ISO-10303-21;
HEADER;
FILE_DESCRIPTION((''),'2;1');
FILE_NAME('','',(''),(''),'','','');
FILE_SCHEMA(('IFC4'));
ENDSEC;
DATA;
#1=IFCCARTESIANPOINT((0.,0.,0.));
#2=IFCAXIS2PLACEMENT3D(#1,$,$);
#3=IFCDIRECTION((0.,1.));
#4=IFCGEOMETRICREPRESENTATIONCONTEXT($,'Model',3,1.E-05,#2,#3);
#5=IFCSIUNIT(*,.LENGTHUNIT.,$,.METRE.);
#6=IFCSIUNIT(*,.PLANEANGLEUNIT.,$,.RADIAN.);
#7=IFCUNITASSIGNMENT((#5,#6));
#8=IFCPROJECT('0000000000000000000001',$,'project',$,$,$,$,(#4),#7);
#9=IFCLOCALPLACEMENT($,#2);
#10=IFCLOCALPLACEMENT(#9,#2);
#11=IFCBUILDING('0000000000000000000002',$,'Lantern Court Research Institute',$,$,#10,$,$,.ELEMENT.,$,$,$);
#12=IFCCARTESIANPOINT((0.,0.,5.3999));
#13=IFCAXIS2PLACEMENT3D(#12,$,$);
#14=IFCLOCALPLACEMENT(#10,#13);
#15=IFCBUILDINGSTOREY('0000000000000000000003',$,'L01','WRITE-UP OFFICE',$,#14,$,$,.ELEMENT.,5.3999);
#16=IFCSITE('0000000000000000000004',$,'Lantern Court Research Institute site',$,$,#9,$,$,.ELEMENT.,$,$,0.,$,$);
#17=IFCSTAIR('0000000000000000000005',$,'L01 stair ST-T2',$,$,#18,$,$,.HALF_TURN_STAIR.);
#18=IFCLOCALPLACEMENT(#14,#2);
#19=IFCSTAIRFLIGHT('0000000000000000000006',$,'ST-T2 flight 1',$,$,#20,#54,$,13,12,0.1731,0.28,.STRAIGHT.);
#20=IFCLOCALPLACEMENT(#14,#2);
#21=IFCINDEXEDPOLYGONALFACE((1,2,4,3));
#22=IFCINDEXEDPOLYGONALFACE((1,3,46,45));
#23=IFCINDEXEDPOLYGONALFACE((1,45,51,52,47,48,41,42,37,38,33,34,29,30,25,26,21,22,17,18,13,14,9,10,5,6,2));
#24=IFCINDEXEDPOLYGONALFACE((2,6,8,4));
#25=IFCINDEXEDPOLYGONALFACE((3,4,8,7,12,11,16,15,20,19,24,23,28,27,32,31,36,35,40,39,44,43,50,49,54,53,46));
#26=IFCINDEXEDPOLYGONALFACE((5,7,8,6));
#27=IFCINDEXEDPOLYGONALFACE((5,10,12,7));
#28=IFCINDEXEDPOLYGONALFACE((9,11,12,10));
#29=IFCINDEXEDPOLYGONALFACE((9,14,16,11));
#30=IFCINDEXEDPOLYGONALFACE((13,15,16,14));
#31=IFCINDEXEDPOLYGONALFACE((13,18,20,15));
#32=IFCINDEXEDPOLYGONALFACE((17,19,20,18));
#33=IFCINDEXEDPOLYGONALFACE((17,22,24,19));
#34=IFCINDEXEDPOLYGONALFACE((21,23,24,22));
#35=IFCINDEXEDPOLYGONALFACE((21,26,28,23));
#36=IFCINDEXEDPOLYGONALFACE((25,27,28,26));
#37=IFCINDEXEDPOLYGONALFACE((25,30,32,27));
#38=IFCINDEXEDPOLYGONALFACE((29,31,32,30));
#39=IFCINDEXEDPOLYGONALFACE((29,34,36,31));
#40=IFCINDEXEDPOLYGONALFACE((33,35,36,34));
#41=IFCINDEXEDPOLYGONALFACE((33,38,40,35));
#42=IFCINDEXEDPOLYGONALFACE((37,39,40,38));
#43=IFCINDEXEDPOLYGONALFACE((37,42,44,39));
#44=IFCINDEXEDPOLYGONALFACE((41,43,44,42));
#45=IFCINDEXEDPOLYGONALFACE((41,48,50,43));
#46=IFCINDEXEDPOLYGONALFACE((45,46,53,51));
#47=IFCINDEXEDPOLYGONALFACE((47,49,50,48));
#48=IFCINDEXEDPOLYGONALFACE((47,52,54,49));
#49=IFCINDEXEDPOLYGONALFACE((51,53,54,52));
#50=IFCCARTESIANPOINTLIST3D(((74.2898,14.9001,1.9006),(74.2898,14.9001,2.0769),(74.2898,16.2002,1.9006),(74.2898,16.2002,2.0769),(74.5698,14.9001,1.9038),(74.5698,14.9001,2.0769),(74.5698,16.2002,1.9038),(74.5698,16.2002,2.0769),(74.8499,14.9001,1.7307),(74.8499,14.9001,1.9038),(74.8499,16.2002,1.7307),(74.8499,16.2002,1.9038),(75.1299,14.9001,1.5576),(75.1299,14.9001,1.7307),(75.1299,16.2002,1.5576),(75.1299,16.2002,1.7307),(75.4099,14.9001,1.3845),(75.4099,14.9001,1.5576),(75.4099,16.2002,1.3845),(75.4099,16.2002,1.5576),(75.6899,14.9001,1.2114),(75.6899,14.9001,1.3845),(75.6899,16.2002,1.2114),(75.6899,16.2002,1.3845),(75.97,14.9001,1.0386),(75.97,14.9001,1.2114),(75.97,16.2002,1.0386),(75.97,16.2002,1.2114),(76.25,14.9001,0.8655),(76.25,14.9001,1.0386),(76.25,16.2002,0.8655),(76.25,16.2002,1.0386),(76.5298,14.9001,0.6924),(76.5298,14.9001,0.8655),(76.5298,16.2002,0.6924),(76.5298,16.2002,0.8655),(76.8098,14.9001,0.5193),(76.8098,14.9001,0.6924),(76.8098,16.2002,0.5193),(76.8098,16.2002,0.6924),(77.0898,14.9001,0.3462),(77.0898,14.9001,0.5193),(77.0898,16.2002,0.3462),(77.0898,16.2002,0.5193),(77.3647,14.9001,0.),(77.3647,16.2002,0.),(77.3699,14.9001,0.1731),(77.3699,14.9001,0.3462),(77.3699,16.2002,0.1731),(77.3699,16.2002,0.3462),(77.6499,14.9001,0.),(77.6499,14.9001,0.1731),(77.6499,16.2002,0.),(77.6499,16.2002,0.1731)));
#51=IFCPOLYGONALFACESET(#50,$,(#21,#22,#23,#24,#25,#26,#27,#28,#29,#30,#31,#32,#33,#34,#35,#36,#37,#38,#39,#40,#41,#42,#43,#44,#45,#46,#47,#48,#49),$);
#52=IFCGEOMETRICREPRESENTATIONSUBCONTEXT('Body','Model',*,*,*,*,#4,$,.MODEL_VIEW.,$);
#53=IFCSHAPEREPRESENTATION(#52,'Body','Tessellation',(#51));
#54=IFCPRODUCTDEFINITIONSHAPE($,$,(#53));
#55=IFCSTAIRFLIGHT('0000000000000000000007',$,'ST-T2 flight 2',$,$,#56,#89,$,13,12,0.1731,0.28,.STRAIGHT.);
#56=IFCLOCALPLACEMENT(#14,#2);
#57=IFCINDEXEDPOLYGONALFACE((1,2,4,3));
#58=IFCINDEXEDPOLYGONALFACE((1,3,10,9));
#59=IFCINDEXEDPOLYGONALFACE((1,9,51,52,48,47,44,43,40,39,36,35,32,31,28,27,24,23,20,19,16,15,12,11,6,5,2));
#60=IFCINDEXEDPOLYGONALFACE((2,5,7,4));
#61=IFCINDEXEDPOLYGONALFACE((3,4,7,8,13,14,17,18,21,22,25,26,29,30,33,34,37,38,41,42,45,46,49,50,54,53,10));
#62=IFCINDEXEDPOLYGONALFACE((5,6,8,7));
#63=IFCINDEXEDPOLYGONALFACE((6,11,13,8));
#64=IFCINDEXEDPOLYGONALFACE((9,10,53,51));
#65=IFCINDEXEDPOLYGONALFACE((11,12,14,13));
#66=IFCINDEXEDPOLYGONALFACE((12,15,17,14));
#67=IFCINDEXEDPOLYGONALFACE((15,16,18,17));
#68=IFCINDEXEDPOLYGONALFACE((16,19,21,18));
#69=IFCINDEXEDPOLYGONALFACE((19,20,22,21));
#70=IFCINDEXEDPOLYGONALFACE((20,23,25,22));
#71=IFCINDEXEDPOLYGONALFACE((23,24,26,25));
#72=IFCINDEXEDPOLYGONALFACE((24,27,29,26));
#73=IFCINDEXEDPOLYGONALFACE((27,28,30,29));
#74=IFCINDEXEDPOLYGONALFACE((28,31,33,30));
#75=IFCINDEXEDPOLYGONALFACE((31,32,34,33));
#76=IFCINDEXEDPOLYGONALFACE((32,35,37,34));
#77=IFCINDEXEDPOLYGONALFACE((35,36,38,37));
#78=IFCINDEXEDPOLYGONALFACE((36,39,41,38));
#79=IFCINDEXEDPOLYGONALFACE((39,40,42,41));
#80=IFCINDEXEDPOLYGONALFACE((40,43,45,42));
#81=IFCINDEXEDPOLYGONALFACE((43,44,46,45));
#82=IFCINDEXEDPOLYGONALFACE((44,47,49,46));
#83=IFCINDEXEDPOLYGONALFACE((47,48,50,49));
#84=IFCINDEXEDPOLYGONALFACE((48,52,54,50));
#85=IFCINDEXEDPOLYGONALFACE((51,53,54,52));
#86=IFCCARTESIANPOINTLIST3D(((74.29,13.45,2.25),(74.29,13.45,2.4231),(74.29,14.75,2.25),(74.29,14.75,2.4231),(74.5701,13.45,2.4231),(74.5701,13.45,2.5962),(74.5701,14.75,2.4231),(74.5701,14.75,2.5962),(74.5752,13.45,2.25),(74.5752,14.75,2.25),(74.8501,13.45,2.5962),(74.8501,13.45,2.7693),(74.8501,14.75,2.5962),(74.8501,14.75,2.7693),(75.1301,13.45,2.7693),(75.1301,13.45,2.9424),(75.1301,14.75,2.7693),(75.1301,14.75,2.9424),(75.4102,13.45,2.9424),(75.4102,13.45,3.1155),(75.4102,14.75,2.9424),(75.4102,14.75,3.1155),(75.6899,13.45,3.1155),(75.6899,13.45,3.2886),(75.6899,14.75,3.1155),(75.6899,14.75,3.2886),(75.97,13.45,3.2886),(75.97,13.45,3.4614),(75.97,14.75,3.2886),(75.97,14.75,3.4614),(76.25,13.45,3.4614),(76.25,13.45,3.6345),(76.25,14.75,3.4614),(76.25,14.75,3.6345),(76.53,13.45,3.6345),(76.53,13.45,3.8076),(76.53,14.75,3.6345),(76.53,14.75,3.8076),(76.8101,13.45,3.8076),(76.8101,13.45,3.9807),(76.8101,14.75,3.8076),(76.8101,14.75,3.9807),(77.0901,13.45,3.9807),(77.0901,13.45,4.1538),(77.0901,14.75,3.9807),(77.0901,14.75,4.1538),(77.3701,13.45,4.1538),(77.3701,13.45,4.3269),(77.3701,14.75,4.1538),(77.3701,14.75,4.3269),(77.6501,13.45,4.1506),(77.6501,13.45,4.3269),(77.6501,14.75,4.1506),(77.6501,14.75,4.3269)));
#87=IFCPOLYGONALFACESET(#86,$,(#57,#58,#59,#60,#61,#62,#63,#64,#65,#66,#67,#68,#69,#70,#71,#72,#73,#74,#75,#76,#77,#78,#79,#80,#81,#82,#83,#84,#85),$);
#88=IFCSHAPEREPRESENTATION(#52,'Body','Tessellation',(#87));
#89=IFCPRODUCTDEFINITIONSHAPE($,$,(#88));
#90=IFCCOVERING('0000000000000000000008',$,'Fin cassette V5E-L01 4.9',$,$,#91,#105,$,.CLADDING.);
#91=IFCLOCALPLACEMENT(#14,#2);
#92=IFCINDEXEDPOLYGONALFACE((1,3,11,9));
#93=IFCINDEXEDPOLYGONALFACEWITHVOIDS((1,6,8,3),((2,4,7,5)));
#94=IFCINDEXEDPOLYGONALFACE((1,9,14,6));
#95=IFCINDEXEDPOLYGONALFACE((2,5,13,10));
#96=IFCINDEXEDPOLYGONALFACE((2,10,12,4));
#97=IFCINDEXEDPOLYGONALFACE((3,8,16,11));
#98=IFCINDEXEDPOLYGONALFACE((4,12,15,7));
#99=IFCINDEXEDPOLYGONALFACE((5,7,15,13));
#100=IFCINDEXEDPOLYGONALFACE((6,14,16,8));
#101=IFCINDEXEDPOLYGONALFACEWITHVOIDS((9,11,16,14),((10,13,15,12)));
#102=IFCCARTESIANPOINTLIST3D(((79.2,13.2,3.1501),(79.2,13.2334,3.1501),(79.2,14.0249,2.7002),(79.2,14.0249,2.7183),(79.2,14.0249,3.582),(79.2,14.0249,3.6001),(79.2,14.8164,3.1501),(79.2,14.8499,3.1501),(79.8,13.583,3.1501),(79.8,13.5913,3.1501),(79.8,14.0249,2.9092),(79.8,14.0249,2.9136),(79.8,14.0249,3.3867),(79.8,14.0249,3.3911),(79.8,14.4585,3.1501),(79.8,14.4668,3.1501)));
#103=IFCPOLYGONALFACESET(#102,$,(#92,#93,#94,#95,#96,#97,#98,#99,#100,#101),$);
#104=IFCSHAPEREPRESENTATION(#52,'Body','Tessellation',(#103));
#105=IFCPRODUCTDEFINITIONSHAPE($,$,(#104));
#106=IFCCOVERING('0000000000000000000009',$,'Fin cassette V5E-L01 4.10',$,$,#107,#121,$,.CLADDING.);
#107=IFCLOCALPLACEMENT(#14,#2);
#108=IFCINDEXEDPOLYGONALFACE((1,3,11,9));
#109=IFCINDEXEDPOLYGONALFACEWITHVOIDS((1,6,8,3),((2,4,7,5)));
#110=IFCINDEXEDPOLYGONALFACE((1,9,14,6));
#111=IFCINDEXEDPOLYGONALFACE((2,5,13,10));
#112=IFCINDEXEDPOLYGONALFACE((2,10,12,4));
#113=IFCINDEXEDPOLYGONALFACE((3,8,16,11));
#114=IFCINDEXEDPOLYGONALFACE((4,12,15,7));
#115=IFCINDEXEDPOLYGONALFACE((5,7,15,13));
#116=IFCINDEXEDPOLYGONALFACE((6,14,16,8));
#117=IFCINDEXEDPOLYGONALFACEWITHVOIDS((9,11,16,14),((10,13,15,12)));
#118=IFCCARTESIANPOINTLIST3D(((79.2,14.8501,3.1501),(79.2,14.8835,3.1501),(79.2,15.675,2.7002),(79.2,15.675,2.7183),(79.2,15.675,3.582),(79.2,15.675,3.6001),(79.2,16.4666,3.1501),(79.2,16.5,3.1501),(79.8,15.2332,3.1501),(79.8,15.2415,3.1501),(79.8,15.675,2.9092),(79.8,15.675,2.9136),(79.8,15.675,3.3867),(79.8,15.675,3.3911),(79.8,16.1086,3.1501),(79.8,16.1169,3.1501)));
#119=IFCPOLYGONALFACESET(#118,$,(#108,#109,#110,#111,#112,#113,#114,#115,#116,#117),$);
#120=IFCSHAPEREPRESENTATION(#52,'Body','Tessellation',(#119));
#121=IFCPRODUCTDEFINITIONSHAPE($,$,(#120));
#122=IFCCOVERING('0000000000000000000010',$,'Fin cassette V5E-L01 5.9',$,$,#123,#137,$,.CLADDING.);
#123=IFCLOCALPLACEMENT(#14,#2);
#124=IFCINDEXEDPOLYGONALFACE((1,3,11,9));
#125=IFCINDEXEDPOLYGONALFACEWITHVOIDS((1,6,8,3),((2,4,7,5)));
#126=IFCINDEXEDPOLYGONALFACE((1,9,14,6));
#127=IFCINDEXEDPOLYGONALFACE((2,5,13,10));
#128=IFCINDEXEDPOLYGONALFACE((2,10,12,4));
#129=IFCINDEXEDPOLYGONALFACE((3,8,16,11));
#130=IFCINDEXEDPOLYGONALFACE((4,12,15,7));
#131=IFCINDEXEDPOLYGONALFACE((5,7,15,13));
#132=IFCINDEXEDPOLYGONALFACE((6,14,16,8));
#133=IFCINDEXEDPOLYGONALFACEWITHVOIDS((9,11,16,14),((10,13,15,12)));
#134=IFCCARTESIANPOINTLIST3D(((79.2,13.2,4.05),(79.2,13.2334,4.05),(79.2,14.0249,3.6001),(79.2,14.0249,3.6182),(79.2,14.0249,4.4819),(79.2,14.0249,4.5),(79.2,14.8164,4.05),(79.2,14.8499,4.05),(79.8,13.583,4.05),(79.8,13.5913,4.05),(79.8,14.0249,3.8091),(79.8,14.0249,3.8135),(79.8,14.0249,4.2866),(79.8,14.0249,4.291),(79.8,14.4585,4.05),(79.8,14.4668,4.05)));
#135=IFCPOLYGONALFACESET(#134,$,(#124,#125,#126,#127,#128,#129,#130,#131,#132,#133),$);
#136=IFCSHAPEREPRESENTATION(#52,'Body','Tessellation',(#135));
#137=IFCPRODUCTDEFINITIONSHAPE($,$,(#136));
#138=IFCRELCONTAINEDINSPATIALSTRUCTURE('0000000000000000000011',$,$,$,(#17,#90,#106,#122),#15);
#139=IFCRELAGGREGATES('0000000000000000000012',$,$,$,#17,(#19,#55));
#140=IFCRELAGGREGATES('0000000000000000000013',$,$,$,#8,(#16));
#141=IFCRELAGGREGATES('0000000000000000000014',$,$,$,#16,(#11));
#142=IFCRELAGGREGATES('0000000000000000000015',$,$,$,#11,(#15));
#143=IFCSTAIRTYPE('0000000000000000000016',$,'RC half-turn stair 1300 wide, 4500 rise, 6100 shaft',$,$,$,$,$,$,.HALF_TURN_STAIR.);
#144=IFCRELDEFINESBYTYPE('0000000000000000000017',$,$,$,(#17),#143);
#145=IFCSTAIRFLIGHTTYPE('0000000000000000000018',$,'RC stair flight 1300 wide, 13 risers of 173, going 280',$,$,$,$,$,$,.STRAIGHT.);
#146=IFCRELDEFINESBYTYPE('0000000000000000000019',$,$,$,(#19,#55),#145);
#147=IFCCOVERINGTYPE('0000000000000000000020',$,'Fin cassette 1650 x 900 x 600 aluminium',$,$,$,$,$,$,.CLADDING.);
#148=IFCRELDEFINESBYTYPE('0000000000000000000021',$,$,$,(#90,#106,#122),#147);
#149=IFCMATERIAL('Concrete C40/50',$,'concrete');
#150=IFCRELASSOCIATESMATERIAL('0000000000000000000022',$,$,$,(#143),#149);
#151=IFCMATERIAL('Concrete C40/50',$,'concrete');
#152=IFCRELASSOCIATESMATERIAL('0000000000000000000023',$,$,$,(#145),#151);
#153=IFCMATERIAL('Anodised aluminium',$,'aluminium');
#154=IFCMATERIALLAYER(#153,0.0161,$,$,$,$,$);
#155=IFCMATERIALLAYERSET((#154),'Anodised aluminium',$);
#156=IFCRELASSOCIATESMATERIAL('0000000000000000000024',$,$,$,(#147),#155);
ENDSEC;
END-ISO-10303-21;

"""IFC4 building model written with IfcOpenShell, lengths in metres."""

from ifc_helpers import new_model, entity, si_unit, direction, frame, origin, place, context, subcontext, project, spatial, polyline, outline, extrude, material, layer, layer_set, type_object, element, aggregate, save


model = new_model("IFC4")

# Units and contexts
model_context = context("Model", 3, precision=1e-05, world=origin(), true_north=direction((0.0, 1.0)))
body_context = subcontext(model_context, "Body", "Model", "MODEL_VIEW")
ifc_project = project(units=[si_unit("LENGTHUNIT", "METRE"), si_unit("PLANEANGLEUNIT", "RADIAN")], contexts=[model_context])

# Site, building, storey
site_placement = place(None, origin())
site = spatial("IfcSite", under=ifc_project, at=site_placement, Name="Lantern Court Research Institute site", CompositionType="ELEMENT", RefElevation=0.0)
building_placement = place(site_placement, origin())
building = spatial("IfcBuilding", under=site, at=building_placement, Name="Lantern Court Research Institute", CompositionType="ELEMENT")
storey_placement = place(building_placement, frame((0.0, 0.0, 5.3999)))
storey = spatial("IfcBuildingStorey", under=building, at=storey_placement, Name="L01", Description="WRITE-UP OFFICE", CompositionType="ELEMENT", Elevation=5.3999)

# Stair, stair flights
ifc_material_1 = material(Name="Concrete C40/50", Category="concrete")
stair_type = type_object("IfcStairType", Name="RC half-turn stair 1300 wide, 4500 rise, 6100 shaft", PredefinedType="HALF_TURN_STAIR", material=ifc_material_1)
stair_placement = place(storey_placement, origin())
stair = element("IfcStair", 1, at=stair_placement, inside=storey, type_object=stair_type, Name="L01 stair ST-T2", PredefinedType="HALF_TURN_STAIR")
ifc_material_2 = material(Name="Concrete C40/50", Category="concrete")
stair_flight_type = type_object("IfcStairFlightType", Name="RC stair flight 1300 wide, 13 risers of 173, going 280", PredefinedType="STRAIGHT", material=ifc_material_2)
stair_flight_1_placement = place(storey_placement, frame((77.6499, 15.55, 0.0), z_axis=(0.0, 0.0, 1.0), x_axis=(-1.0, 0.0, 0.0)))
stair_flight_1 = element("IfcStairFlight", 2, at=stair_flight_1_placement, type_object=stair_flight_type, Name="ST-T2 flight 1", NumberOfRisers=13, NumberOfTreads=12, PredefinedType="STRAIGHT", RiserHeight=0.1731, TreadLength=0.28, context=body_context, shape_type="SweptSolid", body=[
    extrude(outline(polyline([(0.0, 0.0), (0.0, 0.1731), (0.28, 0.1731), (0.28, 0.3462), (0.5601, 0.3462), (0.5601, 0.5193), (0.8401, 0.5193), (0.8401, 0.6924), (1.1201, 0.6924), (1.1201, 0.8655), (1.3999, 0.8655), (1.3999, 1.0386), (1.6799, 1.0386), (1.6799, 1.2114), (1.96, 1.2114), (1.96, 1.3845), (2.24, 1.3845), (2.24, 1.5576), (2.52, 1.5576), (2.52, 1.7307), (2.8, 1.7307), (2.8, 1.9038), (3.0801, 1.9038), (3.0801, 2.0769), (3.3601, 2.0769), (3.3601, 2.25), (3.3601, 1.9006), (0.2852, 0.0), (0.0, 0.0)])), frame((0.0, 0.6499, 0.0), z_axis=(0.0, -1.0, 0.0), x_axis=(1.0, 0.0, 0.0)), (0.0, 0.0, 1.0), 1.3),
])
stair_flight_2_placement = place(storey_placement, frame((74.29, 14.1001, 2.25), z_axis=(0.0, 0.0, 1.0), x_axis=(1.0, 0.0, 0.0)))
stair_flight_2 = element("IfcStairFlight", 3, at=stair_flight_2_placement, type_object=stair_flight_type, Name="ST-T2 flight 2", NumberOfRisers=13, NumberOfTreads=12, PredefinedType="STRAIGHT", RiserHeight=0.1731, TreadLength=0.28, context=body_context, shape_type="SweptSolid", body=[
    extrude(outline(polyline([(0.0, 0.0), (0.0, 0.1731), (0.28, 0.1731), (0.28, 0.3462), (0.5601, 0.3462), (0.5601, 0.5193), (0.8401, 0.5193), (0.8401, 0.6924), (1.1201, 0.6924), (1.1201, 0.8655), (1.3999, 0.8655), (1.3999, 1.0386), (1.6799, 1.0386), (1.6799, 1.2114), (1.96, 1.2114), (1.96, 1.3845), (2.24, 1.3845), (2.24, 1.5576), (2.52, 1.5576), (2.52, 1.7307), (2.8, 1.7307), (2.8, 1.9038), (3.0801, 1.9038), (3.0801, 2.0769), (3.3601, 2.0769), (3.3601, 2.25), (3.3601, 1.9006), (0.2852, 0.0), (0.0, 0.0)])), frame((0.0, 0.6499, 0.0), z_axis=(0.0, -1.0, 0.0), x_axis=(1.0, 0.0, 0.0)), (0.0, 0.0, 1.0), 1.3),
])
aggregate(stair, [stair_flight_1, stair_flight_2])

# Coverings
ifc_material_3 = material(Name="Anodised aluminium", Category="aluminium")
ifc_layer_1 = layer(ifc_material_3, 0.0161)
ifc_layer_set_1 = layer_set([ifc_layer_1], Name="Anodised aluminium")
covering_type = type_object("IfcCoveringType", Name="Fin cassette 1650 x 900 x 600 aluminium", PredefinedType="CLADDING", material=ifc_layer_set_1)
covering_1_placement = place(storey_placement, frame((79.2, 14.0249, 3.1501), z_axis=(1.0, 0.0, 0.0), x_axis=(0.0, 1.0, 0.0)))
cartesian_point_1 = entity("IfcCartesianPoint", [0.825, 0.0])
cartesian_point_2 = entity("IfcCartesianPoint", [0.7915, 0.0])
cartesian_point_3 = entity("IfcCartesianPoint", [0.4419, 0.0])
cartesian_point_4 = entity("IfcCartesianPoint", [0.4336, 0.0])
element("IfcCovering", 4, at=covering_1_placement, inside=storey, type_object=covering_type, Name="Fin cassette V5E-L01 4.9", PredefinedType="CLADDING", context=body_context, shape_type="SweptSolid", body=[
    entity("IfcExtrudedAreaSolidTapered", entity("IfcArbitraryProfileDefWithVoids", "AREA", None, entity("IfcPolyline", [cartesian_point_1, entity("IfcCartesianPoint", [0.0, 0.45]), entity("IfcCartesianPoint", [-0.825, 0.0]), entity("IfcCartesianPoint", [0.0, -0.45]), cartesian_point_1]), [entity("IfcPolyline", [cartesian_point_2, entity("IfcCartesianPoint", [0.0, 0.4319]), entity("IfcCartesianPoint", [-0.7915, 0.0]), entity("IfcCartesianPoint", [0.0, -0.4319]), cartesian_point_2])]), entity("IfcAxis2Placement3D", entity("IfcCartesianPoint", [0.0, 0.0, 0.0])), entity("IfcDirection", [0.0, 0.0, 1.0]), 0.6001, entity("IfcArbitraryProfileDefWithVoids", "AREA", None, entity("IfcPolyline", [cartesian_point_3, entity("IfcCartesianPoint", [0.0, 0.241]), entity("IfcCartesianPoint", [-0.4419, 0.0]), entity("IfcCartesianPoint", [0.0, -0.241]), cartesian_point_3]), [entity("IfcPolyline", [cartesian_point_4, entity("IfcCartesianPoint", [0.0, 0.2366]), entity("IfcCartesianPoint", [-0.4336, 0.0]), entity("IfcCartesianPoint", [0.0, -0.2366]), cartesian_point_4])])),
])
covering_2_placement = place(storey_placement, frame((79.2, 15.675, 3.1501), z_axis=(1.0, 0.0, 0.0), x_axis=(0.0, 1.0, 0.0)))
cartesian_point_5 = entity("IfcCartesianPoint", [0.825, 0.0])
cartesian_point_6 = entity("IfcCartesianPoint", [0.7915, 0.0])
cartesian_point_7 = entity("IfcCartesianPoint", [0.4419, 0.0])
cartesian_point_8 = entity("IfcCartesianPoint", [0.4336, 0.0])
element("IfcCovering", 5, at=covering_2_placement, inside=storey, type_object=covering_type, Name="Fin cassette V5E-L01 4.10", PredefinedType="CLADDING", context=body_context, shape_type="SweptSolid", body=[
    entity("IfcExtrudedAreaSolidTapered", entity("IfcArbitraryProfileDefWithVoids", "AREA", None, entity("IfcPolyline", [cartesian_point_5, entity("IfcCartesianPoint", [0.0, 0.45]), entity("IfcCartesianPoint", [-0.825, 0.0]), entity("IfcCartesianPoint", [0.0, -0.45]), cartesian_point_5]), [entity("IfcPolyline", [cartesian_point_6, entity("IfcCartesianPoint", [0.0, 0.4319]), entity("IfcCartesianPoint", [-0.7915, 0.0]), entity("IfcCartesianPoint", [0.0, -0.4319]), cartesian_point_6])]), entity("IfcAxis2Placement3D", entity("IfcCartesianPoint", [0.0, 0.0, 0.0])), entity("IfcDirection", [0.0, 0.0, 1.0]), 0.6001, entity("IfcArbitraryProfileDefWithVoids", "AREA", None, entity("IfcPolyline", [cartesian_point_7, entity("IfcCartesianPoint", [0.0, 0.241]), entity("IfcCartesianPoint", [-0.4419, 0.0]), entity("IfcCartesianPoint", [0.0, -0.241]), cartesian_point_7]), [entity("IfcPolyline", [cartesian_point_8, entity("IfcCartesianPoint", [0.0, 0.2366]), entity("IfcCartesianPoint", [-0.4336, 0.0]), entity("IfcCartesianPoint", [0.0, -0.2366]), cartesian_point_8])])),
])
covering_3_placement = place(storey_placement, frame((79.2, 14.0249, 4.05), z_axis=(1.0, 0.0, 0.0), x_axis=(0.0, 1.0, 0.0)))
cartesian_point_9 = entity("IfcCartesianPoint", [0.825, 0.0])
cartesian_point_10 = entity("IfcCartesianPoint", [0.7915, 0.0])
cartesian_point_11 = entity("IfcCartesianPoint", [0.4419, 0.0])
cartesian_point_12 = entity("IfcCartesianPoint", [0.4336, 0.0])
element("IfcCovering", 6, at=covering_3_placement, inside=storey, type_object=covering_type, Name="Fin cassette V5E-L01 5.9", PredefinedType="CLADDING", context=body_context, shape_type="SweptSolid", body=[
    entity("IfcExtrudedAreaSolidTapered", entity("IfcArbitraryProfileDefWithVoids", "AREA", None, entity("IfcPolyline", [cartesian_point_9, entity("IfcCartesianPoint", [0.0, 0.45]), entity("IfcCartesianPoint", [-0.825, 0.0]), entity("IfcCartesianPoint", [0.0, -0.45]), cartesian_point_9]), [entity("IfcPolyline", [cartesian_point_10, entity("IfcCartesianPoint", [0.0, 0.4319]), entity("IfcCartesianPoint", [-0.7915, 0.0]), entity("IfcCartesianPoint", [0.0, -0.4319]), cartesian_point_10])]), entity("IfcAxis2Placement3D", entity("IfcCartesianPoint", [0.0, 0.0, 0.0])), entity("IfcDirection", [0.0, 0.0, 1.0]), 0.6001, entity("IfcArbitraryProfileDefWithVoids", "AREA", None, entity("IfcPolyline", [cartesian_point_11, entity("IfcCartesianPoint", [0.0, 0.241]), entity("IfcCartesianPoint", [-0.4419, 0.0]), entity("IfcCartesianPoint", [0.0, -0.241]), cartesian_point_11]), [entity("IfcPolyline", [cartesian_point_12, entity("IfcCartesianPoint", [0.0, 0.2366]), entity("IfcCartesianPoint", [-0.4336, 0.0]), entity("IfcCartesianPoint", [0.0, -0.2366]), cartesian_point_12])])),
])

save(model, "model.ifc")
